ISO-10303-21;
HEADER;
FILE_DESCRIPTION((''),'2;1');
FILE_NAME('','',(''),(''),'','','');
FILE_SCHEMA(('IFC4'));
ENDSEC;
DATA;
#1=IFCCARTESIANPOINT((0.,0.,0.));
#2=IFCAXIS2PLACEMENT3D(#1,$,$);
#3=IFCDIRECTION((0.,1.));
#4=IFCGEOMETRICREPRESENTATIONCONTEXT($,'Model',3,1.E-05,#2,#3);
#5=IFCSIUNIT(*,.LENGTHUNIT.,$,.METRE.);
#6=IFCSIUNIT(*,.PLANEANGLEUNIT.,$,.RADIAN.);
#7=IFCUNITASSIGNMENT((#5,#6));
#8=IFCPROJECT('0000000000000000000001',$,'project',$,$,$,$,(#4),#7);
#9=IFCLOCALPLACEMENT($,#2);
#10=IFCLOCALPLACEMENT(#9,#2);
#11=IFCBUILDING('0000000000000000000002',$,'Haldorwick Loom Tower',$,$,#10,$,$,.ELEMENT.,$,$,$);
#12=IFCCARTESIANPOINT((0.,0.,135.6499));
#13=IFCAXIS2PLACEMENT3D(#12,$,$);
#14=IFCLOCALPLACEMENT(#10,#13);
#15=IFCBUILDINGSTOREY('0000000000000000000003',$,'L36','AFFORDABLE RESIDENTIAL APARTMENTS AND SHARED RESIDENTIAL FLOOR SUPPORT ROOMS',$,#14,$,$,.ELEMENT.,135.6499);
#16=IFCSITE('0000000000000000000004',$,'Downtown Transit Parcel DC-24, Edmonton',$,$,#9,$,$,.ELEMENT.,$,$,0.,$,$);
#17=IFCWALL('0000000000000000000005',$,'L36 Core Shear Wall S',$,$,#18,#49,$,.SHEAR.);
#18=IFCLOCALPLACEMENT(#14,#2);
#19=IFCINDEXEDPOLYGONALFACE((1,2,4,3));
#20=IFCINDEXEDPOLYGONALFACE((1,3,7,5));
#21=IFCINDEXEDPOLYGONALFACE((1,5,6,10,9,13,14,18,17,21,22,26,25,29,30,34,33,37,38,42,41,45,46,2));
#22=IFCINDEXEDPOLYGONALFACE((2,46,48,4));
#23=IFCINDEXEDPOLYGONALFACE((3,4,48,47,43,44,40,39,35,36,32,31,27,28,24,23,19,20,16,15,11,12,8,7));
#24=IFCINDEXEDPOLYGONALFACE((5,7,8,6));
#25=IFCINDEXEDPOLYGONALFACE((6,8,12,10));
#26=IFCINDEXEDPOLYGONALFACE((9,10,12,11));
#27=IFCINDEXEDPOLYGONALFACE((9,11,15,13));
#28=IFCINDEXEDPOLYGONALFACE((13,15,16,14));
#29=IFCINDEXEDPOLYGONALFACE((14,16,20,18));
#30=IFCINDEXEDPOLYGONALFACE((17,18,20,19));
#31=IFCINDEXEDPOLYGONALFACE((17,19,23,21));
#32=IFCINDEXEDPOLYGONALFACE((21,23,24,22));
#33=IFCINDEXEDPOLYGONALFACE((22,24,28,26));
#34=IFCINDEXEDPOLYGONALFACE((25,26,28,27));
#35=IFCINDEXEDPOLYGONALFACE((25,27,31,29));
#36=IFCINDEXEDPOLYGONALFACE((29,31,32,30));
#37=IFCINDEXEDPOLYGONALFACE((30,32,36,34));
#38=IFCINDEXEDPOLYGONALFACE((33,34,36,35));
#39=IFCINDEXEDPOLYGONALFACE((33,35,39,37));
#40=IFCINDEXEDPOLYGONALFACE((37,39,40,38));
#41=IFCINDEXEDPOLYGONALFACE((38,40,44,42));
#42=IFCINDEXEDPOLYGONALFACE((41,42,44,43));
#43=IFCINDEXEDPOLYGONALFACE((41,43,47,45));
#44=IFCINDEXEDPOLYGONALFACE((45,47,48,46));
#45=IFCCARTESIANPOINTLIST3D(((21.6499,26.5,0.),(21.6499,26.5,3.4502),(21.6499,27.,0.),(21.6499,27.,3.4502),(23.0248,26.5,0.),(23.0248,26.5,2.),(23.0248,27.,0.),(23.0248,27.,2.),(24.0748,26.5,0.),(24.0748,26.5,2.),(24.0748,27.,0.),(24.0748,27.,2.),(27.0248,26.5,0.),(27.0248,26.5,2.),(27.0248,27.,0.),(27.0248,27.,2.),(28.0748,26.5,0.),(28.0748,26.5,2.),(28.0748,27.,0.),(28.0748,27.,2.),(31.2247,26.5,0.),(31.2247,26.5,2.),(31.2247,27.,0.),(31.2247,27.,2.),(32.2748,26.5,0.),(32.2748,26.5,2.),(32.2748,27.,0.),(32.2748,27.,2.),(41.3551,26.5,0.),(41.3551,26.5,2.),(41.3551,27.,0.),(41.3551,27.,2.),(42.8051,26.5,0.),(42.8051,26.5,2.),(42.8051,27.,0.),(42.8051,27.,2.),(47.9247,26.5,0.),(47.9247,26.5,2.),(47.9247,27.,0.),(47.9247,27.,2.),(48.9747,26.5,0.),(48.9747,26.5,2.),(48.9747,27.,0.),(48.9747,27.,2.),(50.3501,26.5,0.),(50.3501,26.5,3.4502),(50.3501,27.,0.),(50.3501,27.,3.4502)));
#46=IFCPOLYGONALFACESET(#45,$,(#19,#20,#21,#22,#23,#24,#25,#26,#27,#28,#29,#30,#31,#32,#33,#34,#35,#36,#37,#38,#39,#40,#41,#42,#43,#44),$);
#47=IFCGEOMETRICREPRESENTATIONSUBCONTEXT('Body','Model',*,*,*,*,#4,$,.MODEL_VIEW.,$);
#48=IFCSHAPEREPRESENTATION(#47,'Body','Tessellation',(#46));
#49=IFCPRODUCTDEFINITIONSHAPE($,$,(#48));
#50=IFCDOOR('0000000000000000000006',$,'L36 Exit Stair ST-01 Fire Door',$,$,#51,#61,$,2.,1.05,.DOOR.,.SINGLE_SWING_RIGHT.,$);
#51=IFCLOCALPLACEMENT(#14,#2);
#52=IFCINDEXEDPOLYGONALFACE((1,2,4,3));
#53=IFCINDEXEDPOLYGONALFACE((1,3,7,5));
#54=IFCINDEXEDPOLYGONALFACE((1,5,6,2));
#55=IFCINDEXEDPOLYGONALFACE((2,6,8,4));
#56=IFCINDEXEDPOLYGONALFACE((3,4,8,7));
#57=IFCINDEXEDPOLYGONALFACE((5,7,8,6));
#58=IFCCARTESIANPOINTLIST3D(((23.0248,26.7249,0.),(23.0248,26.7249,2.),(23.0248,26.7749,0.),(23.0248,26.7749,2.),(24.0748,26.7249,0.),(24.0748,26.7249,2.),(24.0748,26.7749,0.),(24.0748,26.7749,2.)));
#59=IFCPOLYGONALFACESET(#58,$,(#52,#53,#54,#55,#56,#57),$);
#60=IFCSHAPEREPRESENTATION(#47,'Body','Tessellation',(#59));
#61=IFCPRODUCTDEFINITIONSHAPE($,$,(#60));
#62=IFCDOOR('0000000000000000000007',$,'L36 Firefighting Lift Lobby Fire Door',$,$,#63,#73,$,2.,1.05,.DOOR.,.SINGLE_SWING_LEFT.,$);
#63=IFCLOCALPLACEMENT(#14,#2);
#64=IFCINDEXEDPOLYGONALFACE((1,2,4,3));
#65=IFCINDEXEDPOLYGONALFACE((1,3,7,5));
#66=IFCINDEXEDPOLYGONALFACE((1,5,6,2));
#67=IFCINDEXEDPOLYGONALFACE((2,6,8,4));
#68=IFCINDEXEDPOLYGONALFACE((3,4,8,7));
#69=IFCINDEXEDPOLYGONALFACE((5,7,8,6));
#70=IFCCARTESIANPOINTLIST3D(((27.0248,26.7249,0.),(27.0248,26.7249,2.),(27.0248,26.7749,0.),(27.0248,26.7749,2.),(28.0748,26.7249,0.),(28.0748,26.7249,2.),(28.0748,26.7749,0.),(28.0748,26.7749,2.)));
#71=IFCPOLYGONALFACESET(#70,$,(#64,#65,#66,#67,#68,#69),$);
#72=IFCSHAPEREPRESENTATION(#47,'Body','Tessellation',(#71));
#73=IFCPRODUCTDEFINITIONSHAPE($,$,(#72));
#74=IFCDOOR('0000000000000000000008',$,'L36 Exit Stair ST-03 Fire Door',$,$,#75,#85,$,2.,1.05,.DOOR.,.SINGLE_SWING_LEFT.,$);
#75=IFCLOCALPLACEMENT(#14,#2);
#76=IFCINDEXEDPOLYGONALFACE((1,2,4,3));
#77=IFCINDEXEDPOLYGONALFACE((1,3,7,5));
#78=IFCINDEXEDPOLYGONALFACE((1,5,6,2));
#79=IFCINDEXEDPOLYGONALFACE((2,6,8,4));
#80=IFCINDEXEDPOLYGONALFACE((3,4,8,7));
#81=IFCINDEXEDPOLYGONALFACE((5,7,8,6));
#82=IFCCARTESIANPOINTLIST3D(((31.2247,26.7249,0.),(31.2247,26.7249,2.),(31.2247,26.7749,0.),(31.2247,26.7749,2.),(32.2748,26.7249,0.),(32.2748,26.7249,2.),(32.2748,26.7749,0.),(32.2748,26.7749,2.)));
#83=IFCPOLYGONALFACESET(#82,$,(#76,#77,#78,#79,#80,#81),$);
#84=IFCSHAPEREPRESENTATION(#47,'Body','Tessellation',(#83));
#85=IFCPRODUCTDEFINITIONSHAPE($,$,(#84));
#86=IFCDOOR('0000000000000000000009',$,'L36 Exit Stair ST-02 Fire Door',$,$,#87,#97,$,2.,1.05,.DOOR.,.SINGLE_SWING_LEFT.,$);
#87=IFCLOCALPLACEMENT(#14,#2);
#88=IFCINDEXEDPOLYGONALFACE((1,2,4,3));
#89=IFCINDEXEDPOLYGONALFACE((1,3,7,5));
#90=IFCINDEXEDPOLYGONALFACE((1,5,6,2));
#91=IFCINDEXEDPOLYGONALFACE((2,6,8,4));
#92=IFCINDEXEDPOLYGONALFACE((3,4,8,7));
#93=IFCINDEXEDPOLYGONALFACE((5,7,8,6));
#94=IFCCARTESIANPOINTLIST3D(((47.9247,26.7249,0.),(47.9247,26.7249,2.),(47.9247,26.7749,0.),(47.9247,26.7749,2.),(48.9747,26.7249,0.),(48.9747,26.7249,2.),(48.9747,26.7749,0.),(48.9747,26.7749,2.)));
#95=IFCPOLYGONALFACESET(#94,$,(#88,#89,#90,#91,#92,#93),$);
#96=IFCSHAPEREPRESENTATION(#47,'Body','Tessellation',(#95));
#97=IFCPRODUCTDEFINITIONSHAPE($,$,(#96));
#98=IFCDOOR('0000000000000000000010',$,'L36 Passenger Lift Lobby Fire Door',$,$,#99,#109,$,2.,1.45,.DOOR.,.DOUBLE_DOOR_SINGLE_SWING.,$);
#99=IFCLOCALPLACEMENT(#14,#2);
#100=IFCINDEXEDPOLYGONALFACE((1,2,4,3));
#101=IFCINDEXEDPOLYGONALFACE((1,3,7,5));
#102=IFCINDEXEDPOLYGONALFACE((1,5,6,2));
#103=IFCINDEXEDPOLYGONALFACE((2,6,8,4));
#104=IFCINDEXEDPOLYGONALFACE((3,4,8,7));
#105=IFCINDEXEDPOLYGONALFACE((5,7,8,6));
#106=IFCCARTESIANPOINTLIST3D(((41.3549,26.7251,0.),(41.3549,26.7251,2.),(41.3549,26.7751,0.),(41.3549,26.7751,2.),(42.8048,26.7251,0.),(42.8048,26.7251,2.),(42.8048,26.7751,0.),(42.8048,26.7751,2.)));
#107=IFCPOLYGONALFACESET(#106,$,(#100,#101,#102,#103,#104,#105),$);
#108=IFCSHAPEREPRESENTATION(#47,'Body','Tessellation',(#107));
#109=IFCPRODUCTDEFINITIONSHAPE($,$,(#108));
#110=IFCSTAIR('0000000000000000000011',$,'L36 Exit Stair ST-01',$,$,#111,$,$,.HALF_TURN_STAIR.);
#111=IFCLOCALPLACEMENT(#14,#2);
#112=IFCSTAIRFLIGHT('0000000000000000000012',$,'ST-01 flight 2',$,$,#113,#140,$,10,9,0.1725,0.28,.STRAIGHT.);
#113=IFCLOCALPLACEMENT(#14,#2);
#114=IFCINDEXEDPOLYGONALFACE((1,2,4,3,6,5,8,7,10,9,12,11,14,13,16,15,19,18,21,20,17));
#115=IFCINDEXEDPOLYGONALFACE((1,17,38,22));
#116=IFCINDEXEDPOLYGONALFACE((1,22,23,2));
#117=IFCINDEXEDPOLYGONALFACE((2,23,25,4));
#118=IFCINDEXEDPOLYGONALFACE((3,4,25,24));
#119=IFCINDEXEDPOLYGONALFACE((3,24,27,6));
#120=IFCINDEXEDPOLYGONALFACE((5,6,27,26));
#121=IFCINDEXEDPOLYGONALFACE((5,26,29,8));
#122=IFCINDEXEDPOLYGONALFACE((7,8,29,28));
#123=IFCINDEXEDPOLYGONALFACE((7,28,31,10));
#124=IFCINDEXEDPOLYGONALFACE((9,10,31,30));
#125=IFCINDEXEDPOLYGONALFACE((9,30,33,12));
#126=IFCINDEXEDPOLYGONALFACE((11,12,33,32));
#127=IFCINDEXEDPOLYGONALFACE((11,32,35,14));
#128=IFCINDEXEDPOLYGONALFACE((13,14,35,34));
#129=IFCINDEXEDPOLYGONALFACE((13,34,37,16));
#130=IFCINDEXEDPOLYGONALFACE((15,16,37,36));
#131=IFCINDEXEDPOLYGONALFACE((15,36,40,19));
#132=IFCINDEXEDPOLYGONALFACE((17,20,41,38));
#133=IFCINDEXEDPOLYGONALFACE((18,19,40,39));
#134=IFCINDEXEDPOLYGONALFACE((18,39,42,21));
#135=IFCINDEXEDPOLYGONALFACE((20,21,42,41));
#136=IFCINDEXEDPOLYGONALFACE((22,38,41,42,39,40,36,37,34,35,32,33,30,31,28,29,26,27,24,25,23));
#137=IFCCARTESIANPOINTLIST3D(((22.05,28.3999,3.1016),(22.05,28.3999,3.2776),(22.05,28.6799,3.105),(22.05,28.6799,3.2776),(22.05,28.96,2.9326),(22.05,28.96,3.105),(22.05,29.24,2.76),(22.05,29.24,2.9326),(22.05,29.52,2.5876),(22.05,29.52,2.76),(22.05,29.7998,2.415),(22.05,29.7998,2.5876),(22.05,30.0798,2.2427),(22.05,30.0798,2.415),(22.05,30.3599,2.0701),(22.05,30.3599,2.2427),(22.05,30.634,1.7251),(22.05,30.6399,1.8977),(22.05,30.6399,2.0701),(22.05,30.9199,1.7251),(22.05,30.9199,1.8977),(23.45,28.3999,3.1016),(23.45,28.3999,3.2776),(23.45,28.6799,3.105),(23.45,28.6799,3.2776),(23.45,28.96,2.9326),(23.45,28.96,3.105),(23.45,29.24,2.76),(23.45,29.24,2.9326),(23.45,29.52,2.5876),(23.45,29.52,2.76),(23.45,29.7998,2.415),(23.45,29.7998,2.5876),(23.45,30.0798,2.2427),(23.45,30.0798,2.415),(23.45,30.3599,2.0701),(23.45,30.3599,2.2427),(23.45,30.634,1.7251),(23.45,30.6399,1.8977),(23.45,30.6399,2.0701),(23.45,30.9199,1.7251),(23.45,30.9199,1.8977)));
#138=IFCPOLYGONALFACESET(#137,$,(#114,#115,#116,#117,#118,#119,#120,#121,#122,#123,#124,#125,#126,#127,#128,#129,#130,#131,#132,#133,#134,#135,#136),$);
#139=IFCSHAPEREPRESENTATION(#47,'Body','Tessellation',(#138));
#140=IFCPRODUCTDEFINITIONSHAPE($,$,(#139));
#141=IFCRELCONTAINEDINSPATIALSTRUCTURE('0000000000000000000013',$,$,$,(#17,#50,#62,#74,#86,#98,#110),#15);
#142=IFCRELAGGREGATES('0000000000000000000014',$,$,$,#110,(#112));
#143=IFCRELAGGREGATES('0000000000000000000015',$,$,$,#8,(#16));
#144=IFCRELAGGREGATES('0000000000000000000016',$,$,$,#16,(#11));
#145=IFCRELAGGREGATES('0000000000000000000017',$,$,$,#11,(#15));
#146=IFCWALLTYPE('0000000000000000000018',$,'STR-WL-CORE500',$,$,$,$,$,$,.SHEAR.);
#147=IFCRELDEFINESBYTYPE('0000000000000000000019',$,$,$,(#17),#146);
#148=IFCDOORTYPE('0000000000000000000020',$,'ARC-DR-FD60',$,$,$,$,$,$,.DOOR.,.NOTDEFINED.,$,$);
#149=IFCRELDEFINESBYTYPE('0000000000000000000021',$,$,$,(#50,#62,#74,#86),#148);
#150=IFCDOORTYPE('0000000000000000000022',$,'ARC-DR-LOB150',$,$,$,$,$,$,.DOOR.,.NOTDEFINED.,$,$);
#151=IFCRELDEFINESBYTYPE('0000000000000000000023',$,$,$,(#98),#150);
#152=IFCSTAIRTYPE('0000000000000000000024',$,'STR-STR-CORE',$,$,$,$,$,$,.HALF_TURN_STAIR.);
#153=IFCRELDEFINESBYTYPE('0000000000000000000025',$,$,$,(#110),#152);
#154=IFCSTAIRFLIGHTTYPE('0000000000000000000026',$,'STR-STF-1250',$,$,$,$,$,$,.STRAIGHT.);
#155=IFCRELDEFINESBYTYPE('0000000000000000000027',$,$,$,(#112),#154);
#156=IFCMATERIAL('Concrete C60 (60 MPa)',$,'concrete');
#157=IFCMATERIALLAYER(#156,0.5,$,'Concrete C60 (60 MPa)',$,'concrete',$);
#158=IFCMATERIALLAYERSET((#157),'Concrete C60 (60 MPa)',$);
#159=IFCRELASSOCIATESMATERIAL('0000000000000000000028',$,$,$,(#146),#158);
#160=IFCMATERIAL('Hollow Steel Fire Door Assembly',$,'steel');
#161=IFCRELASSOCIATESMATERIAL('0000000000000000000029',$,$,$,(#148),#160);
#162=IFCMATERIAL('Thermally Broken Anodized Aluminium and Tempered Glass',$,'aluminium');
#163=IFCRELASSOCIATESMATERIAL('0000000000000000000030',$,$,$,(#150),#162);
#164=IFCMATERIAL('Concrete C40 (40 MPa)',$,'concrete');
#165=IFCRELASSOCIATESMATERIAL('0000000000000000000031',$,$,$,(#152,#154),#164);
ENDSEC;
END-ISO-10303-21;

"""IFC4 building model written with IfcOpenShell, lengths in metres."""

from ifc_helpers import new_model, si_unit, direction, frame, frame_2d, origin, place, context, subcontext, project, spatial, polyline, rectangle, outline, extrude, material, layer, layer_set, type_object, element, fill, aggregate, save


model = new_model("IFC4")

# Units and contexts
model_context = context("Model", 3, precision=1e-05, world=origin(), true_north=direction((0.0, 1.0)))
body_context = subcontext(model_context, "Body", "Model", "MODEL_VIEW")
ifc_project = project(units=[si_unit("LENGTHUNIT", "METRE"), si_unit("PLANEANGLEUNIT", "RADIAN")], contexts=[model_context])

# Site, building, storey
site_placement = place(None, origin())
site = spatial("IfcSite", under=ifc_project, at=site_placement, Name="Downtown Transit Parcel DC-24, Edmonton", CompositionType="ELEMENT", RefElevation=0.0)
building_placement = place(site_placement, origin())
building = spatial("IfcBuilding", under=site, at=building_placement, Name="Haldorwick Loom Tower", CompositionType="ELEMENT")
storey_placement = place(building_placement, frame((0.0, 0.0, 135.6499)))
storey = spatial("IfcBuildingStorey", under=building, at=storey_placement, Name="L36", Description="AFFORDABLE RESIDENTIAL APARTMENTS AND SHARED RESIDENTIAL FLOOR SUPPORT ROOMS", CompositionType="ELEMENT", Elevation=135.6499)

# Shared definitions
ifc_material_1 = material(Name="Concrete C60 (60 MPa)", Category="concrete")

# Wall, openings, doors
ifc_layer = layer(ifc_material_1, 0.5, Name="Concrete C60 (60 MPa)", Category="concrete")
ifc_layer_set = layer_set([ifc_layer], Name="Concrete C60 (60 MPa)")
wall_type = type_object("IfcWallType", Name="STR-WL-CORE500", PredefinedType="SHEAR", material=ifc_layer_set)
wall_placement = place(storey_placement, frame((21.6499, 26.75, 0.0), z_axis=(0.0, 0.0, 1.0), x_axis=(1.0, 0.0, 0.0)))
wall = element("IfcWall", 1, at=wall_placement, inside=storey, type_object=wall_type, Name="L36 Core Shear Wall S", PredefinedType="SHEAR", context=body_context, shape_type="SweptSolid", body=[
    extrude(rectangle(XDim=28.7002, YDim=0.5, at=frame_2d((14.3501, 0.0))), origin(), (0.0, 0.0, 1.0), 3.4502),
])
opening_1_placement = place(wall_placement, frame((1.375, 0.0, 0.0)))
opening_1 = element("IfcOpeningElement", 2, at=opening_1_placement, cuts=wall, PredefinedType="OPENING", context=body_context, shape_type="SweptSolid", body=[
    extrude(rectangle(XDim=1.05, YDim=2.0, at=frame_2d((0.5249, 1.0))), frame((0.0, 0.26, 0.0), z_axis=(0.0, -1.0, 0.0), x_axis=(1.0, 0.0, 0.0)), (0.0, 0.0, 1.0), 0.52),
])
opening_2_placement = place(wall_placement, frame((5.375, 0.0, 0.0)))
opening_2 = element("IfcOpeningElement", 3, at=opening_2_placement, cuts=wall, PredefinedType="OPENING", context=body_context, shape_type="SweptSolid", body=[
    extrude(rectangle(XDim=1.05, YDim=2.0, at=frame_2d((0.5249, 1.0))), frame((0.0, 0.26, 0.0), z_axis=(0.0, -1.0, 0.0), x_axis=(1.0, 0.0, 0.0)), (0.0, 0.0, 1.0), 0.52),
])
opening_3_placement = place(wall_placement, frame((9.575, 0.0, 0.0)))
opening_3 = element("IfcOpeningElement", 4, at=opening_3_placement, cuts=wall, PredefinedType="OPENING", context=body_context, shape_type="SweptSolid", body=[
    extrude(rectangle(XDim=1.05, YDim=2.0, at=frame_2d((0.5249, 1.0))), frame((0.0, 0.26, 0.0), z_axis=(0.0, -1.0, 0.0), x_axis=(1.0, 0.0, 0.0)), (0.0, 0.0, 1.0), 0.52),
])
opening_4_placement = place(wall_placement, frame((19.7051, 0.0, 0.0)))
opening_4 = element("IfcOpeningElement", 5, at=opening_4_placement, cuts=wall, PredefinedType="OPENING", context=body_context, shape_type="SweptSolid", body=[
    extrude(rectangle(XDim=1.45, YDim=2.0, at=frame_2d((0.7251, 1.0))), frame((0.0, 0.26, 0.0), z_axis=(0.0, -1.0, 0.0), x_axis=(1.0, 0.0, 0.0)), (0.0, 0.0, 1.0), 0.52),
])
opening_5_placement = place(wall_placement, frame((26.2749, 0.0, 0.0)))
opening_5 = element("IfcOpeningElement", 6, at=opening_5_placement, cuts=wall, PredefinedType="OPENING", context=body_context, shape_type="SweptSolid", body=[
    extrude(rectangle(XDim=1.05, YDim=2.0, at=frame_2d((0.5249, 1.0))), frame((0.0, 0.26, 0.0), z_axis=(0.0, -1.0, 0.0), x_axis=(1.0, 0.0, 0.0)), (0.0, 0.0, 1.0), 0.52),
])
ifc_material_2 = material(Name="Hollow Steel Fire Door Assembly", Category="steel")
door_type_1 = type_object("IfcDoorType", Name="ARC-DR-FD60", OperationType="NOTDEFINED", PredefinedType="DOOR", material=ifc_material_2)
door_1_placement = place(opening_1_placement, origin())
door_1 = element("IfcDoor", 7, at=door_1_placement, inside=storey, type_object=door_type_1, Name="L36 Exit Stair ST-01 Fire Door", OperationType="SINGLE_SWING_RIGHT", OverallHeight=2.0, OverallWidth=1.05, PredefinedType="DOOR", context=body_context, shape_type="SweptSolid", body=[
    extrude(rectangle(XDim=1.05, YDim=2.0, at=frame_2d((0.5249, 1.0))), frame((0.0, 0.0249, 0.0), z_axis=(0.0, -1.0, 0.0), x_axis=(1.0, 0.0, 0.0)), (0.0, 0.0, 1.0), 0.05),
])
fill(opening_1, door_1)
door_2_placement = place(opening_2_placement, origin())
door_2 = element("IfcDoor", 8, at=door_2_placement, inside=storey, type_object=door_type_1, Name="L36 Firefighting Lift Lobby Fire Door", OperationType="SINGLE_SWING_LEFT", OverallHeight=2.0, OverallWidth=1.05, PredefinedType="DOOR", context=body_context, shape_type="SweptSolid", body=[
    extrude(rectangle(XDim=1.05, YDim=2.0, at=frame_2d((0.5249, 1.0))), frame((0.0, 0.0249, 0.0), z_axis=(0.0, -1.0, 0.0), x_axis=(1.0, 0.0, 0.0)), (0.0, 0.0, 1.0), 0.05),
])
fill(opening_2, door_2)
door_3_placement = place(opening_3_placement, origin())
door_3 = element("IfcDoor", 9, at=door_3_placement, inside=storey, type_object=door_type_1, Name="L36 Exit Stair ST-03 Fire Door", OperationType="SINGLE_SWING_LEFT", OverallHeight=2.0, OverallWidth=1.05, PredefinedType="DOOR", context=body_context, shape_type="SweptSolid", body=[
    extrude(rectangle(XDim=1.05, YDim=2.0, at=frame_2d((0.5249, 1.0))), frame((0.0, 0.0249, 0.0), z_axis=(0.0, -1.0, 0.0), x_axis=(1.0, 0.0, 0.0)), (0.0, 0.0, 1.0), 0.05),
])
fill(opening_3, door_3)
door_4_placement = place(opening_5_placement, origin())
door_4 = element("IfcDoor", 10, at=door_4_placement, inside=storey, type_object=door_type_1, Name="L36 Exit Stair ST-02 Fire Door", OperationType="SINGLE_SWING_LEFT", OverallHeight=2.0, OverallWidth=1.05, PredefinedType="DOOR", context=body_context, shape_type="SweptSolid", body=[
    extrude(rectangle(XDim=1.05, YDim=2.0, at=frame_2d((0.5249, 1.0))), frame((0.0, 0.0249, 0.0), z_axis=(0.0, -1.0, 0.0), x_axis=(1.0, 0.0, 0.0)), (0.0, 0.0, 1.0), 0.05),
])
fill(opening_5, door_4)
ifc_material_3 = material(Name="Thermally Broken Anodized Aluminium and Tempered Glass", Category="aluminium")
door_type_2 = type_object("IfcDoorType", Name="ARC-DR-LOB150", OperationType="NOTDEFINED", PredefinedType="DOOR", material=ifc_material_3)
door_5_placement = place(opening_4_placement, frame((1.45, 0.0, 0.0), z_axis=(0.0, 0.0, 1.0), x_axis=(-1.0, 0.0, 0.0)))
door_5 = element("IfcDoor", 11, at=door_5_placement, inside=storey, type_object=door_type_2, Name="L36 Passenger Lift Lobby Fire Door", OperationType="DOUBLE_DOOR_SINGLE_SWING", OverallHeight=2.0, OverallWidth=1.45, PredefinedType="DOOR", context=body_context, shape_type="SweptSolid", body=[
    extrude(rectangle(XDim=1.45, YDim=2.0, at=frame_2d((0.7251, 1.0))), frame((0.0, 0.0249, 0.0), z_axis=(0.0, -1.0, 0.0), x_axis=(1.0, 0.0, 0.0)), (0.0, 0.0, 1.0), 0.05),
])
fill(opening_4, door_5)

# Stair, stair flight
ifc_material_4 = material(Name="Concrete C40 (40 MPa)", Category="concrete")
stair_type = type_object("IfcStairType", Name="STR-STR-CORE", PredefinedType="HALF_TURN_STAIR", material=ifc_material_4)
stair_placement = place(storey_placement, origin())
stair = element("IfcStair", 12, at=stair_placement, inside=storey, type_object=stair_type, Name="L36 Exit Stair ST-01", PredefinedType="HALF_TURN_STAIR")
stair_flight_type = type_object("IfcStairFlightType", Name="STR-STF-1250", PredefinedType="STRAIGHT", material=ifc_material_4)
stair_flight_placement = place(storey_placement, frame((22.75, 30.9199, 1.7251), z_axis=(0.0, 0.0, 1.0), x_axis=(0.0, -1.0, 0.0)))
stair_flight = element("IfcStairFlight", 13, at=stair_flight_placement, type_object=stair_flight_type, Name="ST-01 flight 2", NumberOfRisers=10, NumberOfTreads=9, PredefinedType="STRAIGHT", RiserHeight=0.1725, TreadLength=0.28, context=body_context, shape_type="SweptSolid", body=[
    extrude(outline(polyline([(0.0, 0.0), (0.0, 0.1726), (0.28, 0.1726), (0.28, 0.345), (0.5601, 0.345), (0.5601, 0.5176), (0.8401, 0.5176), (0.8401, 0.6899), (1.1201, 0.6899), (1.1201, 0.8625), (1.3999, 0.8625), (1.3999, 1.0349), (1.6799, 1.0349), (1.6799, 1.2075), (1.96, 1.2075), (1.96, 1.3799), (2.24, 1.3799), (2.24, 1.5525), (2.52, 1.5525), (2.52, 1.7251), (2.52, 1.3765), (0.2859, 0.0), (0.0, 0.0)])), frame((0.0, 0.7, 0.0), z_axis=(0.0, -1.0, 0.0), x_axis=(1.0, 0.0, 0.0)), (0.0, 0.0, 1.0), 1.3999),
])
aggregate(stair, [stair_flight])

save(model, "model.ifc")
